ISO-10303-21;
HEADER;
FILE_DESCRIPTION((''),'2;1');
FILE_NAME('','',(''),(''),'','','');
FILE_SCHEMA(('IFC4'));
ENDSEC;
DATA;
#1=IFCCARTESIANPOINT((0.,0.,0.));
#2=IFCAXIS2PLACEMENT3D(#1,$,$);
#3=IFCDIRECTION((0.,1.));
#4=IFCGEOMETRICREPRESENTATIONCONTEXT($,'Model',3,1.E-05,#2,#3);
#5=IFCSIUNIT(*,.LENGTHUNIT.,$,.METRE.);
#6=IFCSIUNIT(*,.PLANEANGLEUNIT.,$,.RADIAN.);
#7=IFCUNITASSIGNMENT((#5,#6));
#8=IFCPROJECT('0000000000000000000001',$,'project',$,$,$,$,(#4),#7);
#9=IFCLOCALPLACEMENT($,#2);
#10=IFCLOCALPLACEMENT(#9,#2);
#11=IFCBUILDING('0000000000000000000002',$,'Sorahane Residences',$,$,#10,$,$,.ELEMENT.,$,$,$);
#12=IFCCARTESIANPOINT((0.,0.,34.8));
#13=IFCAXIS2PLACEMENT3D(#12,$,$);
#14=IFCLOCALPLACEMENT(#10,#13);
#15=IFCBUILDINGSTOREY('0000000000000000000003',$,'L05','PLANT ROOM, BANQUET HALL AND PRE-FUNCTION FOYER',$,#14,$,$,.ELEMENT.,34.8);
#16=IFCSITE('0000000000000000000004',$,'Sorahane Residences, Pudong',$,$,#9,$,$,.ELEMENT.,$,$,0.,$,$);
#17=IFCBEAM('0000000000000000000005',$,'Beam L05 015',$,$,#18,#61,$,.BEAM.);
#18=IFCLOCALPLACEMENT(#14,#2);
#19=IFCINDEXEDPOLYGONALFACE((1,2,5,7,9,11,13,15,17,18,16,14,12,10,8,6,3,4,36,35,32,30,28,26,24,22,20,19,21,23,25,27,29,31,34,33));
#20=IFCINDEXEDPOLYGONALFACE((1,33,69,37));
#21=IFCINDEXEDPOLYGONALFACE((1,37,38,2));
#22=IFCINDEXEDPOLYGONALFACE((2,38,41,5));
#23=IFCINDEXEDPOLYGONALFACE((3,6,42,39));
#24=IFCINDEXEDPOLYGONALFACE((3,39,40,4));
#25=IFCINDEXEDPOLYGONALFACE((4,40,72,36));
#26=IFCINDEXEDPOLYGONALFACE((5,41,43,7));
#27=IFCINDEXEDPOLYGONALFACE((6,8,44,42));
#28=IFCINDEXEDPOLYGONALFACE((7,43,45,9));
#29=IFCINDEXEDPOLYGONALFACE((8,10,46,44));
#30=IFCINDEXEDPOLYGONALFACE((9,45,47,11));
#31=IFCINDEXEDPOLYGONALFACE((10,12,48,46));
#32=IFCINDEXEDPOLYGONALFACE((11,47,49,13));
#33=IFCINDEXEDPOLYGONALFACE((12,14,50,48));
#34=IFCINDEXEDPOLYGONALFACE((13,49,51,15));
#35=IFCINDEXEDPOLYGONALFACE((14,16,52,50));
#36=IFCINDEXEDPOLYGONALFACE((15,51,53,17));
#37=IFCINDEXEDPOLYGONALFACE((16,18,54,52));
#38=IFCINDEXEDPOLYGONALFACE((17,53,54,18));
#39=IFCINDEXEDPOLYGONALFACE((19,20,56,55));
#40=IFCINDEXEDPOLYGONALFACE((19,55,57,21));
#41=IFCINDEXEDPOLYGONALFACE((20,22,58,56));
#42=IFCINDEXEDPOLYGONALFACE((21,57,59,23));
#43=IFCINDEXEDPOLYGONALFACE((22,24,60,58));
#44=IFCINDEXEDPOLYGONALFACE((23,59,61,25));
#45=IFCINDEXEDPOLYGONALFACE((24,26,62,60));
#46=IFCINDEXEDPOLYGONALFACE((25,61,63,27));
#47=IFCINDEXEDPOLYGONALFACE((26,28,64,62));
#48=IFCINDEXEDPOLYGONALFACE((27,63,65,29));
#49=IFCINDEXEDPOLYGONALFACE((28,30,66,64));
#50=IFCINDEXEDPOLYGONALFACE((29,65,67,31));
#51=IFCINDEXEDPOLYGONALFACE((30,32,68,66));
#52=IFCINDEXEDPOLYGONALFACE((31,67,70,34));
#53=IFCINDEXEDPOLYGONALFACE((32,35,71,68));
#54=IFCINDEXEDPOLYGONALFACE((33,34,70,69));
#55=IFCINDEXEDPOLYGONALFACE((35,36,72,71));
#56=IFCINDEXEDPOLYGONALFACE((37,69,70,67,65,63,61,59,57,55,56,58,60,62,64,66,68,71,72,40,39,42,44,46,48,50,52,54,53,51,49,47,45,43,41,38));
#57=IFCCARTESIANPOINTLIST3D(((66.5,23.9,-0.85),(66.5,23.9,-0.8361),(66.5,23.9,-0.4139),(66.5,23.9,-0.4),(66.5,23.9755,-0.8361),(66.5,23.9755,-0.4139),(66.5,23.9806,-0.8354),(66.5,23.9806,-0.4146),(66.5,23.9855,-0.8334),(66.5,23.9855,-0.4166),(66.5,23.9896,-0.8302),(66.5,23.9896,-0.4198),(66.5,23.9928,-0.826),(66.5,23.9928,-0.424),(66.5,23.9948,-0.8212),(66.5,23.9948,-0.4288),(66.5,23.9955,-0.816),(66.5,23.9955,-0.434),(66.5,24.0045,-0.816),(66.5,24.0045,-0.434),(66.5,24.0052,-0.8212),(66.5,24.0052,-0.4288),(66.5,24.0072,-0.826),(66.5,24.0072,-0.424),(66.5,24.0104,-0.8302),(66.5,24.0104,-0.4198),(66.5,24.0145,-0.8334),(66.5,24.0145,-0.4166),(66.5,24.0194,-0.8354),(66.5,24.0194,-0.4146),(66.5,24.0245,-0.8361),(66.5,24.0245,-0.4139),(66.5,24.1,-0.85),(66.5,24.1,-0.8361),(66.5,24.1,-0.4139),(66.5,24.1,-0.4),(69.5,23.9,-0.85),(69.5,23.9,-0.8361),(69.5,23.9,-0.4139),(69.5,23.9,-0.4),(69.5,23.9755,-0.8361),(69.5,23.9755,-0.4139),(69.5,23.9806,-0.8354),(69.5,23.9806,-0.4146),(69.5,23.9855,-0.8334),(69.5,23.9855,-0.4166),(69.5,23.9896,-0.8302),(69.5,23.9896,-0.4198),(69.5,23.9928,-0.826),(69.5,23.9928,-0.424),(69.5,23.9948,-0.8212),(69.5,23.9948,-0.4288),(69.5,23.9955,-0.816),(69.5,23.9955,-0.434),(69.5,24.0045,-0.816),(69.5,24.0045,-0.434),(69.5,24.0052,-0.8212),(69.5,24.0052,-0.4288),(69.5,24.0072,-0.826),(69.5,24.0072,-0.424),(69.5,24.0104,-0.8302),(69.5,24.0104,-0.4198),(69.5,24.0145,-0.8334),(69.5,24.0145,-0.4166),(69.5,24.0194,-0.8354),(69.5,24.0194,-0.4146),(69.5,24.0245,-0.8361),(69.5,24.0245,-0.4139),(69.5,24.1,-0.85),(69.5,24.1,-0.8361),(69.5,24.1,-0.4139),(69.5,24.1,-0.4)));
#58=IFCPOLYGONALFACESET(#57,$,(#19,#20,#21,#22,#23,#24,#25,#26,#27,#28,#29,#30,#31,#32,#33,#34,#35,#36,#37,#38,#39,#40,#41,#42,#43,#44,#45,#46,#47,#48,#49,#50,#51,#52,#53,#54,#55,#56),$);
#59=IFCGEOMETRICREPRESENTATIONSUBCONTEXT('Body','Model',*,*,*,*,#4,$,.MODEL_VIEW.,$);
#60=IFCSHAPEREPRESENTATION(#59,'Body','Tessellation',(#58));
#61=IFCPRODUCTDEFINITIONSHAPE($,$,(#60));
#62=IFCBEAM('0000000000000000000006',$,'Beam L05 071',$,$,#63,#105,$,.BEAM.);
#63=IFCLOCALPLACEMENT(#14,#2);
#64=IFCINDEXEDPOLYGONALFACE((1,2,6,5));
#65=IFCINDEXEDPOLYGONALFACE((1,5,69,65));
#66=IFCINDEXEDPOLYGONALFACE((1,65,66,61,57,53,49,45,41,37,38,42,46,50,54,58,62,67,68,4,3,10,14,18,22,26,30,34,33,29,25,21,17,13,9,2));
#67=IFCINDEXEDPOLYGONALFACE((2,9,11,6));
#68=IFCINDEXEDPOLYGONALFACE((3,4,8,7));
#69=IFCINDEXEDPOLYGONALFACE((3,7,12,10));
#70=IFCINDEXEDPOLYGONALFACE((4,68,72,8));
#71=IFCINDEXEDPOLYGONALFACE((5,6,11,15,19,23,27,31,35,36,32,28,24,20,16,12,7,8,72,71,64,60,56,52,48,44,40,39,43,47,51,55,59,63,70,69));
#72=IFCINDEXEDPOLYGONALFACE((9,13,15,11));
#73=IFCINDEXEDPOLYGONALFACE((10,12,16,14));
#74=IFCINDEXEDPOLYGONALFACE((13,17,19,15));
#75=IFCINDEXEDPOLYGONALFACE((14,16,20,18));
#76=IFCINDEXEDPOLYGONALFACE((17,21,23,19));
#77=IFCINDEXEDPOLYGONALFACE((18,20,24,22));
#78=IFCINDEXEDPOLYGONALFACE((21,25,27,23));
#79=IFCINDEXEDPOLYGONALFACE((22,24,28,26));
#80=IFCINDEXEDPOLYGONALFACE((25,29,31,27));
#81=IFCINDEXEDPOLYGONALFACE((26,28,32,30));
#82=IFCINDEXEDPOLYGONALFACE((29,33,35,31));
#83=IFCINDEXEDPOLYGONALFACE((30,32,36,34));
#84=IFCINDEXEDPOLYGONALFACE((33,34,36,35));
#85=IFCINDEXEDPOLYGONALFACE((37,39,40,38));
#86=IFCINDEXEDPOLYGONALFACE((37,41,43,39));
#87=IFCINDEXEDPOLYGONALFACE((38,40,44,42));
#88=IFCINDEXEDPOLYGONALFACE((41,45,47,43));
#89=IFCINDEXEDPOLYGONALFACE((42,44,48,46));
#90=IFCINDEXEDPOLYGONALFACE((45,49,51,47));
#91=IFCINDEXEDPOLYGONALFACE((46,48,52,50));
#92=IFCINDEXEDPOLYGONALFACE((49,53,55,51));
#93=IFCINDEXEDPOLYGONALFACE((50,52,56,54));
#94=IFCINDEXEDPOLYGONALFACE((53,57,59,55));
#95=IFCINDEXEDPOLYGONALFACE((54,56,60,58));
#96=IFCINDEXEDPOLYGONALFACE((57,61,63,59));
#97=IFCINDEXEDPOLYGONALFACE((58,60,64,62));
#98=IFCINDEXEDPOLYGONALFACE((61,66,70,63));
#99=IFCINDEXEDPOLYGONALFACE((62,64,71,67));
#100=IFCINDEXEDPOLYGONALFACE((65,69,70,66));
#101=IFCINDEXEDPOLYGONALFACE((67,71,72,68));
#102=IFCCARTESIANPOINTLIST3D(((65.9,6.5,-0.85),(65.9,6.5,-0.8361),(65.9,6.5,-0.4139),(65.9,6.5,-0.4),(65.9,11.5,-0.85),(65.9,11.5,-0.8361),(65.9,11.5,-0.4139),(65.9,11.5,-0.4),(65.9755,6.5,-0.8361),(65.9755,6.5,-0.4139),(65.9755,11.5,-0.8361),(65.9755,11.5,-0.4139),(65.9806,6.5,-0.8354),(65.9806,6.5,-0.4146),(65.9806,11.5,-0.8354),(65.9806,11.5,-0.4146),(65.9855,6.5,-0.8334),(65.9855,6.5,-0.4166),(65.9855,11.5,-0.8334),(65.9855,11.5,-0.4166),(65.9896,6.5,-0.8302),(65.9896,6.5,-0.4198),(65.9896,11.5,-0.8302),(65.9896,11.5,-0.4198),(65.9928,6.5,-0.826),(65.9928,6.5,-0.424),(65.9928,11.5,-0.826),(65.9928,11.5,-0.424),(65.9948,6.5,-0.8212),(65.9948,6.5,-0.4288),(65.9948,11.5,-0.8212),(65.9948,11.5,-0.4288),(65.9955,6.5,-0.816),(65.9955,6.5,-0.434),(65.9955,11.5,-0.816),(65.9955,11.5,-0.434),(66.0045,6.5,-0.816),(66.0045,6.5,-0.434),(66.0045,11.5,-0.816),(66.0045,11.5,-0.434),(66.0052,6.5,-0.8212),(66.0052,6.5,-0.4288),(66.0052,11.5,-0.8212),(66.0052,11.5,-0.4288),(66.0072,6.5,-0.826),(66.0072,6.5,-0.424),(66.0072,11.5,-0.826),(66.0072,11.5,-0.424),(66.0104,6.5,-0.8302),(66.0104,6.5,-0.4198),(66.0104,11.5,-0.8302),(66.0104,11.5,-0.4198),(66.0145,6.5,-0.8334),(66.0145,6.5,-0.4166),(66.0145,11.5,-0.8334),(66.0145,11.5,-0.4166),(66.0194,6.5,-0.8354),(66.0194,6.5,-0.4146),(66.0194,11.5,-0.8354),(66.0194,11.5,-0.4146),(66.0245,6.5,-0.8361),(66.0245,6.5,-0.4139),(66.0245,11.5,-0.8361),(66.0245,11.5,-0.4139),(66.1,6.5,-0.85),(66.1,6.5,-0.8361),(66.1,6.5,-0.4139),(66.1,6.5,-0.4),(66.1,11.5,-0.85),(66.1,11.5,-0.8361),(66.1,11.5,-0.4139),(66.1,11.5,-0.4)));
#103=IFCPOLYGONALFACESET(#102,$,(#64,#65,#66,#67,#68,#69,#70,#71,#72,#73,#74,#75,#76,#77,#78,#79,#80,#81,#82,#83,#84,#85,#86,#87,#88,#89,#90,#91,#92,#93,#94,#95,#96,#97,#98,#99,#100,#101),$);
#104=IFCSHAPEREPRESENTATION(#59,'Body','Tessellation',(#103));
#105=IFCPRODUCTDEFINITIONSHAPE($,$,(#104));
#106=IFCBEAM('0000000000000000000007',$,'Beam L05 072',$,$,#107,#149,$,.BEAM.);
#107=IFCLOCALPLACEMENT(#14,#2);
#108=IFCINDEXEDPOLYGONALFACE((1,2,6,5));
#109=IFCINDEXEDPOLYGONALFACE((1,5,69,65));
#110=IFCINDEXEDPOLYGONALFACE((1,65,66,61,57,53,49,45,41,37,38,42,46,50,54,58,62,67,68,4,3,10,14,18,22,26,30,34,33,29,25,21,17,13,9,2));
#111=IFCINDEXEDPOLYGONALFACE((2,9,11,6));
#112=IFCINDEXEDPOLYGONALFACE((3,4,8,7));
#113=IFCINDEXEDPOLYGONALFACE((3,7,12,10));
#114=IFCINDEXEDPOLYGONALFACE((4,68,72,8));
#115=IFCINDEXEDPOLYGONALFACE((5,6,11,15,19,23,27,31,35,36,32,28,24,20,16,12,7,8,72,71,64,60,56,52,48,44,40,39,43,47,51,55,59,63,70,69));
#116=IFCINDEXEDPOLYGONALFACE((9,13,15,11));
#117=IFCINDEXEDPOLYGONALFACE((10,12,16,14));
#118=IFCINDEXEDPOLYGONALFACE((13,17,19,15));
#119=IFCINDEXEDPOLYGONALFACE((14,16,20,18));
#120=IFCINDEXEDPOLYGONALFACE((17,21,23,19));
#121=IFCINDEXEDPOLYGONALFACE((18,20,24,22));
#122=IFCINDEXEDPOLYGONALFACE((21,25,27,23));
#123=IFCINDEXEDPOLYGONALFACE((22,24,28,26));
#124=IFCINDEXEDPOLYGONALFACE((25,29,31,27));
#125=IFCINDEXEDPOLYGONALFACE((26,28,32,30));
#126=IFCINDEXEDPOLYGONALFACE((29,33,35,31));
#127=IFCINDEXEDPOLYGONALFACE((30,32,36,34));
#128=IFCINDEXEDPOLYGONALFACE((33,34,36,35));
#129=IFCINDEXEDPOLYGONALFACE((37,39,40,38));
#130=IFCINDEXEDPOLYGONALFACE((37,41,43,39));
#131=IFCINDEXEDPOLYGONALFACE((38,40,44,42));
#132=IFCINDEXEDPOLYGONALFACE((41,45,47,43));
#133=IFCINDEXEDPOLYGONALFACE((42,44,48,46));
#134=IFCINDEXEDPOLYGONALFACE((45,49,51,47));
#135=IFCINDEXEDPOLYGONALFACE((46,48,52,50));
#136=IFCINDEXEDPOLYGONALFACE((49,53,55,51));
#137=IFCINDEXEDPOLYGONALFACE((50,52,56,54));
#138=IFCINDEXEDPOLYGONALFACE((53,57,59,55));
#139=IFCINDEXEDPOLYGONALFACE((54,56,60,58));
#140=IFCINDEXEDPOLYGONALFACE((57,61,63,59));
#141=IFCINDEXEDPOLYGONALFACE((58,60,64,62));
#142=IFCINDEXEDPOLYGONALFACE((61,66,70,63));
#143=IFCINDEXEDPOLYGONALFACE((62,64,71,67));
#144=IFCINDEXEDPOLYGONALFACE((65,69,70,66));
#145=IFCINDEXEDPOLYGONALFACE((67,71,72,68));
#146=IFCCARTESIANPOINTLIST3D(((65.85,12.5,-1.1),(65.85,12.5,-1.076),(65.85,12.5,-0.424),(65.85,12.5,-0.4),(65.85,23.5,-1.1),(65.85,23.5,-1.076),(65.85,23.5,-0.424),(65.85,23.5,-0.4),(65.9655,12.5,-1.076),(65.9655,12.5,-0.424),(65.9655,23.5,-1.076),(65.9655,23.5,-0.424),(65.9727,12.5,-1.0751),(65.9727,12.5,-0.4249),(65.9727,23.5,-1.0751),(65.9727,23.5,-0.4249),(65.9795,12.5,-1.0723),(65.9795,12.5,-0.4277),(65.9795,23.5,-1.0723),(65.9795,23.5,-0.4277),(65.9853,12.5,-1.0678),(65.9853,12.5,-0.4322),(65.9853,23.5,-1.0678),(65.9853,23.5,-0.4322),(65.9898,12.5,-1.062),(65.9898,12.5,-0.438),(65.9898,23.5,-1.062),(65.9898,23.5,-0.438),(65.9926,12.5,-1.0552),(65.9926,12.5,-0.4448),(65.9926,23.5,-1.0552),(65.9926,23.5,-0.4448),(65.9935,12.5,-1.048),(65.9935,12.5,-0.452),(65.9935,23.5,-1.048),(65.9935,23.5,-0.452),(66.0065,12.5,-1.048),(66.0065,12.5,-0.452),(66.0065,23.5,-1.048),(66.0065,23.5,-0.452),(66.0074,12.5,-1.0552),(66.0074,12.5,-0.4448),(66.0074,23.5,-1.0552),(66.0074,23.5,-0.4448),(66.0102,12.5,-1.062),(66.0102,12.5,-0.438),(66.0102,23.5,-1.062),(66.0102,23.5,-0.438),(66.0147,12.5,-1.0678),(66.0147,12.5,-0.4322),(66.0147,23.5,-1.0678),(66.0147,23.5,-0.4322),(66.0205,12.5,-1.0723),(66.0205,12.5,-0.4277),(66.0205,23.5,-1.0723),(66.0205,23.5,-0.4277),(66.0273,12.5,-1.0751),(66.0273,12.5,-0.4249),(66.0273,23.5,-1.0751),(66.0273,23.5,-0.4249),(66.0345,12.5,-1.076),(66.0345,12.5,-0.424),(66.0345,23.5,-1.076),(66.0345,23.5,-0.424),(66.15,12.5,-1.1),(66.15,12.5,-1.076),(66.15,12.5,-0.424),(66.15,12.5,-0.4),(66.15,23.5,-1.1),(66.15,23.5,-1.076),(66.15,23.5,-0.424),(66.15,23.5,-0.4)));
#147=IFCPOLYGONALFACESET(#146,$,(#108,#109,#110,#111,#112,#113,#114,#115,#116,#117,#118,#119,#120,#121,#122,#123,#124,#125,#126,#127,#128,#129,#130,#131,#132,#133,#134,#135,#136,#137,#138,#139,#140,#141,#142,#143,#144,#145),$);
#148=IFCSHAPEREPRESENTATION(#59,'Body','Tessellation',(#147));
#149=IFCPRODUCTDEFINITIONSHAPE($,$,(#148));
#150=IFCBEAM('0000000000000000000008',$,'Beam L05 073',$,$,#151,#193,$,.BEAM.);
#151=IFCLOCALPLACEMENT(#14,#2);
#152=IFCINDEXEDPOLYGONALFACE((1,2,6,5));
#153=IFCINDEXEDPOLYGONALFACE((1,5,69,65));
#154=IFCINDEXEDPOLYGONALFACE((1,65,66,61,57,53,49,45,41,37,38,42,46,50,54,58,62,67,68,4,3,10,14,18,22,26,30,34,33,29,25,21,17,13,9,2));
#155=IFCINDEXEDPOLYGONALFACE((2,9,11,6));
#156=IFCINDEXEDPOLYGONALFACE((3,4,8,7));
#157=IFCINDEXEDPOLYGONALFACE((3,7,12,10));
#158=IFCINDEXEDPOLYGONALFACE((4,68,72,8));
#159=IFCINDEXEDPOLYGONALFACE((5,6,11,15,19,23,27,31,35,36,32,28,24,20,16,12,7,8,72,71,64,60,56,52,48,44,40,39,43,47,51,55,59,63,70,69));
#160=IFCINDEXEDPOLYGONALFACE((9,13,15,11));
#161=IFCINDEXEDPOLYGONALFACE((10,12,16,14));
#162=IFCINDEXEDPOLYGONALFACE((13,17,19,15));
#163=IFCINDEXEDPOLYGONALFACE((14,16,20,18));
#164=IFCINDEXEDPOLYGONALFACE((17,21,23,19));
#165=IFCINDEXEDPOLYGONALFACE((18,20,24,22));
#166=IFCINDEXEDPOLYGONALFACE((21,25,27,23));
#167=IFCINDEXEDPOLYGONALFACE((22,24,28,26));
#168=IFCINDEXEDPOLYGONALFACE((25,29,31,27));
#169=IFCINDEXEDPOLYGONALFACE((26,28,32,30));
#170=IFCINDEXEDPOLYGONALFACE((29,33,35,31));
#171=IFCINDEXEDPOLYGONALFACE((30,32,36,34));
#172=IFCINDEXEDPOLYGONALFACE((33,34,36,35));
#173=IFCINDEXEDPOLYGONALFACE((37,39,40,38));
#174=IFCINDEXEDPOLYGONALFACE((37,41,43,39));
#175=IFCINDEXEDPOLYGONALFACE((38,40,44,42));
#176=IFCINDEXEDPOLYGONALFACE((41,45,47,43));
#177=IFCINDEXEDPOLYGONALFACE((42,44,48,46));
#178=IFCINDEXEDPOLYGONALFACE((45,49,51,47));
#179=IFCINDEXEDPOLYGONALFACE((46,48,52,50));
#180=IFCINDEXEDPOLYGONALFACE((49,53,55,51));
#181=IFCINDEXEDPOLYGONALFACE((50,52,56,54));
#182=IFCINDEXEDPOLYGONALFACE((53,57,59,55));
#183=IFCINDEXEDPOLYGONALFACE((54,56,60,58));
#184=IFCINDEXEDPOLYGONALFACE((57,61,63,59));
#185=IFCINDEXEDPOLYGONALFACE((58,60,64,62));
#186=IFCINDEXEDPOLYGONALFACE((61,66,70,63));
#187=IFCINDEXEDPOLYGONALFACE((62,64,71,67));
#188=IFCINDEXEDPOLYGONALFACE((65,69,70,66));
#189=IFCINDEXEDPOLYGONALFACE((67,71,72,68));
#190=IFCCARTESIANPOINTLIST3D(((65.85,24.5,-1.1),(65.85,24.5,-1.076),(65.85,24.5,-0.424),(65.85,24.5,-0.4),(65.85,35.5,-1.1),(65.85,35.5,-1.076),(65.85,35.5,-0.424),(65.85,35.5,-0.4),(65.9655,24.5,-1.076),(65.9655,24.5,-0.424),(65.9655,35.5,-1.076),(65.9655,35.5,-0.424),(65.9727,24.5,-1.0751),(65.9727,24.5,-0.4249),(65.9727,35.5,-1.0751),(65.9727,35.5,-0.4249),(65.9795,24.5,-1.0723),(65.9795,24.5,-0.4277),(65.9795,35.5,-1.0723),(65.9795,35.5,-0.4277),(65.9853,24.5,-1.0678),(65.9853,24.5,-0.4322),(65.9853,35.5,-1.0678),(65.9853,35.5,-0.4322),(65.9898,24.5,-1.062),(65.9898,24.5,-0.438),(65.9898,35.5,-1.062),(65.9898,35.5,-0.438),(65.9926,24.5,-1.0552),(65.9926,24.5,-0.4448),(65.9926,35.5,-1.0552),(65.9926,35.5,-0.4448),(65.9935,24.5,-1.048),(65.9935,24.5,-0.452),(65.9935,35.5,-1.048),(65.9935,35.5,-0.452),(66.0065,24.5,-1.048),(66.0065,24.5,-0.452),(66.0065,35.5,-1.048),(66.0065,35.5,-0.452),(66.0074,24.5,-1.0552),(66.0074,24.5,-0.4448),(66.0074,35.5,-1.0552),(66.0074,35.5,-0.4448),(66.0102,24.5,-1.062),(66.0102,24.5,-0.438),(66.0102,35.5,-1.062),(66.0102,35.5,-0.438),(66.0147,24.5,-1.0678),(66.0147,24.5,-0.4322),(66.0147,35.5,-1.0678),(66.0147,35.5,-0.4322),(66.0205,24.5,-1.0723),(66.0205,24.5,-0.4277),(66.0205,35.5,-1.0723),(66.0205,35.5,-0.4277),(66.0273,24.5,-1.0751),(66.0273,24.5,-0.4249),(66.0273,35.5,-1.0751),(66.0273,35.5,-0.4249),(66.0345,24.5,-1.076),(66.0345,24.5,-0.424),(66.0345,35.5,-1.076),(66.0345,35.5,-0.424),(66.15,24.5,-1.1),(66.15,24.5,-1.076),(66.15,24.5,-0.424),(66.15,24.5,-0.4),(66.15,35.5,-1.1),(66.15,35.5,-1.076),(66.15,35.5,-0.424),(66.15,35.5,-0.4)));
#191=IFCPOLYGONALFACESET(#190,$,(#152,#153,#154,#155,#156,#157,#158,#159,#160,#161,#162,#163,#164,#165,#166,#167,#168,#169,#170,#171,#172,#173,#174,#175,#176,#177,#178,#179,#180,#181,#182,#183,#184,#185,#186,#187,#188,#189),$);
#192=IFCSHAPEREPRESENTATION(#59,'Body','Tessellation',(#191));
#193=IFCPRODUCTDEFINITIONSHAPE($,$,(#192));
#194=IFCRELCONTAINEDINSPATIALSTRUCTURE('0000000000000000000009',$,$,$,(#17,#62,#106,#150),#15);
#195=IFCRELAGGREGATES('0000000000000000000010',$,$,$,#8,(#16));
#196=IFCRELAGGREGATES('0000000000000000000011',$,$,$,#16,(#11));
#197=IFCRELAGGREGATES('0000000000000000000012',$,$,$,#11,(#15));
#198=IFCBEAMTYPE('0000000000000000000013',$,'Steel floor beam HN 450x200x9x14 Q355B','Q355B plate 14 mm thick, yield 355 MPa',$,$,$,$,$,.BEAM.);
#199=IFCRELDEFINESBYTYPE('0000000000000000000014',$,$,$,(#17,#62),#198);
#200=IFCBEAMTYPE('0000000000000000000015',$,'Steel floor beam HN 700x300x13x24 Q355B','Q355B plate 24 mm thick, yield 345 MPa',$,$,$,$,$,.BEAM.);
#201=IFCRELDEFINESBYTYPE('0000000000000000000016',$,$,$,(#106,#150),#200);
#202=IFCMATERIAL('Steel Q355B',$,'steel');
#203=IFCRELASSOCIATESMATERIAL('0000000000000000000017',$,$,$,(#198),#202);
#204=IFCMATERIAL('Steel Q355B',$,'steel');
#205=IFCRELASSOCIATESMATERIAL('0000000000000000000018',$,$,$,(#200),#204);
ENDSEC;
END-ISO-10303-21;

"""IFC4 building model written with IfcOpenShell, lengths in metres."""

from ifc_helpers import new_model, si_unit, direction, frame, origin, origin_2d, place, context, subcontext, project, spatial, i_section, extrude, material, material_profile, profile_set, type_object, element, save


model = new_model("IFC4")

# Units and contexts
model_context = context("Model", 3, precision=1e-05, world=origin(), true_north=direction((0.0, 1.0)))
body_context = subcontext(model_context, "Body", "Model", "MODEL_VIEW")
ifc_project = project(units=[si_unit("LENGTHUNIT", "METRE"), si_unit("PLANEANGLEUNIT", "RADIAN")], contexts=[model_context])

# Site, building, storey
site_placement = place(None, origin())
site = spatial("IfcSite", under=ifc_project, at=site_placement, Name="Sorahane Residences, Pudong", CompositionType="ELEMENT", RefElevation=0.0)
building_placement = place(site_placement, origin())
building = spatial("IfcBuilding", under=site, at=building_placement, Name="Sorahane Residences", CompositionType="ELEMENT")
storey_placement = place(building_placement, frame((0.0, 0.0, 34.8)))
storey = spatial("IfcBuildingStorey", under=building, at=storey_placement, Name="L05", Description="PLANT ROOM, BANQUET HALL AND PRE-FUNCTION FOYER", CompositionType="ELEMENT", Elevation=34.8)

# Beams
ifc_material_1 = material(Name="Steel Q355B", Category="steel")
ifc_material_profile_1 = material_profile(ifc_material_1, i_section(OverallWidth=0.2, OverallDepth=0.45, WebThickness=0.009, FlangeThickness=0.0139, FilletRadius=0.02, at=origin_2d()), Name="HN 450x200x9x14")
ifc_profile_set_1 = profile_set([ifc_material_profile_1], Name="Steel Q355B")
beam_type_1 = type_object("IfcBeamType", Name="Steel floor beam HN 450x200x9x14 Q355B", Description="Q355B plate 14 mm thick, yield 355 MPa", PredefinedType="BEAM", material=ifc_profile_set_1)
for number, where, z_axis, x_axis, name in (
    (1, (66.5, 24.0, -0.625), (1.0, 0.0, 0.0), (0.0, 1.0, 0.0), "Beam L05 015"),
):
    element("IfcBeam", number, at=place(storey_placement, frame(where, z_axis=z_axis, x_axis=x_axis)), inside=storey, type_object=beam_type_1, Name=name, PredefinedType="BEAM", context=body_context, shape_type="SweptSolid", body=[
        extrude(i_section(OverallWidth=0.2, OverallDepth=0.45, WebThickness=0.009, FlangeThickness=0.0139, FilletRadius=0.02, at=origin_2d()), origin(), (0.0, 0.0, 1.0), 3.0),
    ])
beam_placement = place(storey_placement, frame((66.0, 6.5, -0.625), z_axis=(0.0, 1.0, 0.0), x_axis=(-1.0, 0.0, 0.0)))
element("IfcBeam", 2, at=beam_placement, inside=storey, type_object=beam_type_1, Name="Beam L05 071", PredefinedType="BEAM", context=body_context, shape_type="SweptSolid", body=[
    extrude(i_section(OverallWidth=0.2, OverallDepth=0.45, WebThickness=0.009, FlangeThickness=0.0139, FilletRadius=0.02, at=origin_2d()), origin(), (0.0, 0.0, 1.0), 5.0),
])
ifc_material_2 = material(Name="Steel Q355B", Category="steel")
ifc_material_profile_2 = material_profile(ifc_material_2, i_section(OverallWidth=0.3, OverallDepth=0.7, WebThickness=0.0129, FlangeThickness=0.0239, FilletRadius=0.0281, at=origin_2d()), Name="HN 700x300x13x24")
ifc_profile_set_2 = profile_set([ifc_material_profile_2], Name="Steel Q355B")
beam_type_2 = type_object("IfcBeamType", Name="Steel floor beam HN 700x300x13x24 Q355B", Description="Q355B plate 24 mm thick, yield 345 MPa", PredefinedType="BEAM", material=ifc_profile_set_2)
for number, where, z_axis, x_axis, name in (
    (3, (66.0, 12.5, -0.75), (0.0, 1.0, 0.0), (-1.0, 0.0, 0.0), "Beam L05 072"),
    (4, (66.0, 24.5, -0.75), (0.0, 1.0, 0.0), (-1.0, 0.0, 0.0), "Beam L05 073"),
):
    element("IfcBeam", number, at=place(storey_placement, frame(where, z_axis=z_axis, x_axis=x_axis)), inside=storey, type_object=beam_type_2, Name=name, PredefinedType="BEAM", context=body_context, shape_type="SweptSolid", body=[
        extrude(i_section(OverallWidth=0.3, OverallDepth=0.7, WebThickness=0.0129, FlangeThickness=0.0239, FilletRadius=0.0281, at=origin_2d()), origin(), (0.0, 0.0, 1.0), 11.0),
    ])

save(model, "model.ifc")
